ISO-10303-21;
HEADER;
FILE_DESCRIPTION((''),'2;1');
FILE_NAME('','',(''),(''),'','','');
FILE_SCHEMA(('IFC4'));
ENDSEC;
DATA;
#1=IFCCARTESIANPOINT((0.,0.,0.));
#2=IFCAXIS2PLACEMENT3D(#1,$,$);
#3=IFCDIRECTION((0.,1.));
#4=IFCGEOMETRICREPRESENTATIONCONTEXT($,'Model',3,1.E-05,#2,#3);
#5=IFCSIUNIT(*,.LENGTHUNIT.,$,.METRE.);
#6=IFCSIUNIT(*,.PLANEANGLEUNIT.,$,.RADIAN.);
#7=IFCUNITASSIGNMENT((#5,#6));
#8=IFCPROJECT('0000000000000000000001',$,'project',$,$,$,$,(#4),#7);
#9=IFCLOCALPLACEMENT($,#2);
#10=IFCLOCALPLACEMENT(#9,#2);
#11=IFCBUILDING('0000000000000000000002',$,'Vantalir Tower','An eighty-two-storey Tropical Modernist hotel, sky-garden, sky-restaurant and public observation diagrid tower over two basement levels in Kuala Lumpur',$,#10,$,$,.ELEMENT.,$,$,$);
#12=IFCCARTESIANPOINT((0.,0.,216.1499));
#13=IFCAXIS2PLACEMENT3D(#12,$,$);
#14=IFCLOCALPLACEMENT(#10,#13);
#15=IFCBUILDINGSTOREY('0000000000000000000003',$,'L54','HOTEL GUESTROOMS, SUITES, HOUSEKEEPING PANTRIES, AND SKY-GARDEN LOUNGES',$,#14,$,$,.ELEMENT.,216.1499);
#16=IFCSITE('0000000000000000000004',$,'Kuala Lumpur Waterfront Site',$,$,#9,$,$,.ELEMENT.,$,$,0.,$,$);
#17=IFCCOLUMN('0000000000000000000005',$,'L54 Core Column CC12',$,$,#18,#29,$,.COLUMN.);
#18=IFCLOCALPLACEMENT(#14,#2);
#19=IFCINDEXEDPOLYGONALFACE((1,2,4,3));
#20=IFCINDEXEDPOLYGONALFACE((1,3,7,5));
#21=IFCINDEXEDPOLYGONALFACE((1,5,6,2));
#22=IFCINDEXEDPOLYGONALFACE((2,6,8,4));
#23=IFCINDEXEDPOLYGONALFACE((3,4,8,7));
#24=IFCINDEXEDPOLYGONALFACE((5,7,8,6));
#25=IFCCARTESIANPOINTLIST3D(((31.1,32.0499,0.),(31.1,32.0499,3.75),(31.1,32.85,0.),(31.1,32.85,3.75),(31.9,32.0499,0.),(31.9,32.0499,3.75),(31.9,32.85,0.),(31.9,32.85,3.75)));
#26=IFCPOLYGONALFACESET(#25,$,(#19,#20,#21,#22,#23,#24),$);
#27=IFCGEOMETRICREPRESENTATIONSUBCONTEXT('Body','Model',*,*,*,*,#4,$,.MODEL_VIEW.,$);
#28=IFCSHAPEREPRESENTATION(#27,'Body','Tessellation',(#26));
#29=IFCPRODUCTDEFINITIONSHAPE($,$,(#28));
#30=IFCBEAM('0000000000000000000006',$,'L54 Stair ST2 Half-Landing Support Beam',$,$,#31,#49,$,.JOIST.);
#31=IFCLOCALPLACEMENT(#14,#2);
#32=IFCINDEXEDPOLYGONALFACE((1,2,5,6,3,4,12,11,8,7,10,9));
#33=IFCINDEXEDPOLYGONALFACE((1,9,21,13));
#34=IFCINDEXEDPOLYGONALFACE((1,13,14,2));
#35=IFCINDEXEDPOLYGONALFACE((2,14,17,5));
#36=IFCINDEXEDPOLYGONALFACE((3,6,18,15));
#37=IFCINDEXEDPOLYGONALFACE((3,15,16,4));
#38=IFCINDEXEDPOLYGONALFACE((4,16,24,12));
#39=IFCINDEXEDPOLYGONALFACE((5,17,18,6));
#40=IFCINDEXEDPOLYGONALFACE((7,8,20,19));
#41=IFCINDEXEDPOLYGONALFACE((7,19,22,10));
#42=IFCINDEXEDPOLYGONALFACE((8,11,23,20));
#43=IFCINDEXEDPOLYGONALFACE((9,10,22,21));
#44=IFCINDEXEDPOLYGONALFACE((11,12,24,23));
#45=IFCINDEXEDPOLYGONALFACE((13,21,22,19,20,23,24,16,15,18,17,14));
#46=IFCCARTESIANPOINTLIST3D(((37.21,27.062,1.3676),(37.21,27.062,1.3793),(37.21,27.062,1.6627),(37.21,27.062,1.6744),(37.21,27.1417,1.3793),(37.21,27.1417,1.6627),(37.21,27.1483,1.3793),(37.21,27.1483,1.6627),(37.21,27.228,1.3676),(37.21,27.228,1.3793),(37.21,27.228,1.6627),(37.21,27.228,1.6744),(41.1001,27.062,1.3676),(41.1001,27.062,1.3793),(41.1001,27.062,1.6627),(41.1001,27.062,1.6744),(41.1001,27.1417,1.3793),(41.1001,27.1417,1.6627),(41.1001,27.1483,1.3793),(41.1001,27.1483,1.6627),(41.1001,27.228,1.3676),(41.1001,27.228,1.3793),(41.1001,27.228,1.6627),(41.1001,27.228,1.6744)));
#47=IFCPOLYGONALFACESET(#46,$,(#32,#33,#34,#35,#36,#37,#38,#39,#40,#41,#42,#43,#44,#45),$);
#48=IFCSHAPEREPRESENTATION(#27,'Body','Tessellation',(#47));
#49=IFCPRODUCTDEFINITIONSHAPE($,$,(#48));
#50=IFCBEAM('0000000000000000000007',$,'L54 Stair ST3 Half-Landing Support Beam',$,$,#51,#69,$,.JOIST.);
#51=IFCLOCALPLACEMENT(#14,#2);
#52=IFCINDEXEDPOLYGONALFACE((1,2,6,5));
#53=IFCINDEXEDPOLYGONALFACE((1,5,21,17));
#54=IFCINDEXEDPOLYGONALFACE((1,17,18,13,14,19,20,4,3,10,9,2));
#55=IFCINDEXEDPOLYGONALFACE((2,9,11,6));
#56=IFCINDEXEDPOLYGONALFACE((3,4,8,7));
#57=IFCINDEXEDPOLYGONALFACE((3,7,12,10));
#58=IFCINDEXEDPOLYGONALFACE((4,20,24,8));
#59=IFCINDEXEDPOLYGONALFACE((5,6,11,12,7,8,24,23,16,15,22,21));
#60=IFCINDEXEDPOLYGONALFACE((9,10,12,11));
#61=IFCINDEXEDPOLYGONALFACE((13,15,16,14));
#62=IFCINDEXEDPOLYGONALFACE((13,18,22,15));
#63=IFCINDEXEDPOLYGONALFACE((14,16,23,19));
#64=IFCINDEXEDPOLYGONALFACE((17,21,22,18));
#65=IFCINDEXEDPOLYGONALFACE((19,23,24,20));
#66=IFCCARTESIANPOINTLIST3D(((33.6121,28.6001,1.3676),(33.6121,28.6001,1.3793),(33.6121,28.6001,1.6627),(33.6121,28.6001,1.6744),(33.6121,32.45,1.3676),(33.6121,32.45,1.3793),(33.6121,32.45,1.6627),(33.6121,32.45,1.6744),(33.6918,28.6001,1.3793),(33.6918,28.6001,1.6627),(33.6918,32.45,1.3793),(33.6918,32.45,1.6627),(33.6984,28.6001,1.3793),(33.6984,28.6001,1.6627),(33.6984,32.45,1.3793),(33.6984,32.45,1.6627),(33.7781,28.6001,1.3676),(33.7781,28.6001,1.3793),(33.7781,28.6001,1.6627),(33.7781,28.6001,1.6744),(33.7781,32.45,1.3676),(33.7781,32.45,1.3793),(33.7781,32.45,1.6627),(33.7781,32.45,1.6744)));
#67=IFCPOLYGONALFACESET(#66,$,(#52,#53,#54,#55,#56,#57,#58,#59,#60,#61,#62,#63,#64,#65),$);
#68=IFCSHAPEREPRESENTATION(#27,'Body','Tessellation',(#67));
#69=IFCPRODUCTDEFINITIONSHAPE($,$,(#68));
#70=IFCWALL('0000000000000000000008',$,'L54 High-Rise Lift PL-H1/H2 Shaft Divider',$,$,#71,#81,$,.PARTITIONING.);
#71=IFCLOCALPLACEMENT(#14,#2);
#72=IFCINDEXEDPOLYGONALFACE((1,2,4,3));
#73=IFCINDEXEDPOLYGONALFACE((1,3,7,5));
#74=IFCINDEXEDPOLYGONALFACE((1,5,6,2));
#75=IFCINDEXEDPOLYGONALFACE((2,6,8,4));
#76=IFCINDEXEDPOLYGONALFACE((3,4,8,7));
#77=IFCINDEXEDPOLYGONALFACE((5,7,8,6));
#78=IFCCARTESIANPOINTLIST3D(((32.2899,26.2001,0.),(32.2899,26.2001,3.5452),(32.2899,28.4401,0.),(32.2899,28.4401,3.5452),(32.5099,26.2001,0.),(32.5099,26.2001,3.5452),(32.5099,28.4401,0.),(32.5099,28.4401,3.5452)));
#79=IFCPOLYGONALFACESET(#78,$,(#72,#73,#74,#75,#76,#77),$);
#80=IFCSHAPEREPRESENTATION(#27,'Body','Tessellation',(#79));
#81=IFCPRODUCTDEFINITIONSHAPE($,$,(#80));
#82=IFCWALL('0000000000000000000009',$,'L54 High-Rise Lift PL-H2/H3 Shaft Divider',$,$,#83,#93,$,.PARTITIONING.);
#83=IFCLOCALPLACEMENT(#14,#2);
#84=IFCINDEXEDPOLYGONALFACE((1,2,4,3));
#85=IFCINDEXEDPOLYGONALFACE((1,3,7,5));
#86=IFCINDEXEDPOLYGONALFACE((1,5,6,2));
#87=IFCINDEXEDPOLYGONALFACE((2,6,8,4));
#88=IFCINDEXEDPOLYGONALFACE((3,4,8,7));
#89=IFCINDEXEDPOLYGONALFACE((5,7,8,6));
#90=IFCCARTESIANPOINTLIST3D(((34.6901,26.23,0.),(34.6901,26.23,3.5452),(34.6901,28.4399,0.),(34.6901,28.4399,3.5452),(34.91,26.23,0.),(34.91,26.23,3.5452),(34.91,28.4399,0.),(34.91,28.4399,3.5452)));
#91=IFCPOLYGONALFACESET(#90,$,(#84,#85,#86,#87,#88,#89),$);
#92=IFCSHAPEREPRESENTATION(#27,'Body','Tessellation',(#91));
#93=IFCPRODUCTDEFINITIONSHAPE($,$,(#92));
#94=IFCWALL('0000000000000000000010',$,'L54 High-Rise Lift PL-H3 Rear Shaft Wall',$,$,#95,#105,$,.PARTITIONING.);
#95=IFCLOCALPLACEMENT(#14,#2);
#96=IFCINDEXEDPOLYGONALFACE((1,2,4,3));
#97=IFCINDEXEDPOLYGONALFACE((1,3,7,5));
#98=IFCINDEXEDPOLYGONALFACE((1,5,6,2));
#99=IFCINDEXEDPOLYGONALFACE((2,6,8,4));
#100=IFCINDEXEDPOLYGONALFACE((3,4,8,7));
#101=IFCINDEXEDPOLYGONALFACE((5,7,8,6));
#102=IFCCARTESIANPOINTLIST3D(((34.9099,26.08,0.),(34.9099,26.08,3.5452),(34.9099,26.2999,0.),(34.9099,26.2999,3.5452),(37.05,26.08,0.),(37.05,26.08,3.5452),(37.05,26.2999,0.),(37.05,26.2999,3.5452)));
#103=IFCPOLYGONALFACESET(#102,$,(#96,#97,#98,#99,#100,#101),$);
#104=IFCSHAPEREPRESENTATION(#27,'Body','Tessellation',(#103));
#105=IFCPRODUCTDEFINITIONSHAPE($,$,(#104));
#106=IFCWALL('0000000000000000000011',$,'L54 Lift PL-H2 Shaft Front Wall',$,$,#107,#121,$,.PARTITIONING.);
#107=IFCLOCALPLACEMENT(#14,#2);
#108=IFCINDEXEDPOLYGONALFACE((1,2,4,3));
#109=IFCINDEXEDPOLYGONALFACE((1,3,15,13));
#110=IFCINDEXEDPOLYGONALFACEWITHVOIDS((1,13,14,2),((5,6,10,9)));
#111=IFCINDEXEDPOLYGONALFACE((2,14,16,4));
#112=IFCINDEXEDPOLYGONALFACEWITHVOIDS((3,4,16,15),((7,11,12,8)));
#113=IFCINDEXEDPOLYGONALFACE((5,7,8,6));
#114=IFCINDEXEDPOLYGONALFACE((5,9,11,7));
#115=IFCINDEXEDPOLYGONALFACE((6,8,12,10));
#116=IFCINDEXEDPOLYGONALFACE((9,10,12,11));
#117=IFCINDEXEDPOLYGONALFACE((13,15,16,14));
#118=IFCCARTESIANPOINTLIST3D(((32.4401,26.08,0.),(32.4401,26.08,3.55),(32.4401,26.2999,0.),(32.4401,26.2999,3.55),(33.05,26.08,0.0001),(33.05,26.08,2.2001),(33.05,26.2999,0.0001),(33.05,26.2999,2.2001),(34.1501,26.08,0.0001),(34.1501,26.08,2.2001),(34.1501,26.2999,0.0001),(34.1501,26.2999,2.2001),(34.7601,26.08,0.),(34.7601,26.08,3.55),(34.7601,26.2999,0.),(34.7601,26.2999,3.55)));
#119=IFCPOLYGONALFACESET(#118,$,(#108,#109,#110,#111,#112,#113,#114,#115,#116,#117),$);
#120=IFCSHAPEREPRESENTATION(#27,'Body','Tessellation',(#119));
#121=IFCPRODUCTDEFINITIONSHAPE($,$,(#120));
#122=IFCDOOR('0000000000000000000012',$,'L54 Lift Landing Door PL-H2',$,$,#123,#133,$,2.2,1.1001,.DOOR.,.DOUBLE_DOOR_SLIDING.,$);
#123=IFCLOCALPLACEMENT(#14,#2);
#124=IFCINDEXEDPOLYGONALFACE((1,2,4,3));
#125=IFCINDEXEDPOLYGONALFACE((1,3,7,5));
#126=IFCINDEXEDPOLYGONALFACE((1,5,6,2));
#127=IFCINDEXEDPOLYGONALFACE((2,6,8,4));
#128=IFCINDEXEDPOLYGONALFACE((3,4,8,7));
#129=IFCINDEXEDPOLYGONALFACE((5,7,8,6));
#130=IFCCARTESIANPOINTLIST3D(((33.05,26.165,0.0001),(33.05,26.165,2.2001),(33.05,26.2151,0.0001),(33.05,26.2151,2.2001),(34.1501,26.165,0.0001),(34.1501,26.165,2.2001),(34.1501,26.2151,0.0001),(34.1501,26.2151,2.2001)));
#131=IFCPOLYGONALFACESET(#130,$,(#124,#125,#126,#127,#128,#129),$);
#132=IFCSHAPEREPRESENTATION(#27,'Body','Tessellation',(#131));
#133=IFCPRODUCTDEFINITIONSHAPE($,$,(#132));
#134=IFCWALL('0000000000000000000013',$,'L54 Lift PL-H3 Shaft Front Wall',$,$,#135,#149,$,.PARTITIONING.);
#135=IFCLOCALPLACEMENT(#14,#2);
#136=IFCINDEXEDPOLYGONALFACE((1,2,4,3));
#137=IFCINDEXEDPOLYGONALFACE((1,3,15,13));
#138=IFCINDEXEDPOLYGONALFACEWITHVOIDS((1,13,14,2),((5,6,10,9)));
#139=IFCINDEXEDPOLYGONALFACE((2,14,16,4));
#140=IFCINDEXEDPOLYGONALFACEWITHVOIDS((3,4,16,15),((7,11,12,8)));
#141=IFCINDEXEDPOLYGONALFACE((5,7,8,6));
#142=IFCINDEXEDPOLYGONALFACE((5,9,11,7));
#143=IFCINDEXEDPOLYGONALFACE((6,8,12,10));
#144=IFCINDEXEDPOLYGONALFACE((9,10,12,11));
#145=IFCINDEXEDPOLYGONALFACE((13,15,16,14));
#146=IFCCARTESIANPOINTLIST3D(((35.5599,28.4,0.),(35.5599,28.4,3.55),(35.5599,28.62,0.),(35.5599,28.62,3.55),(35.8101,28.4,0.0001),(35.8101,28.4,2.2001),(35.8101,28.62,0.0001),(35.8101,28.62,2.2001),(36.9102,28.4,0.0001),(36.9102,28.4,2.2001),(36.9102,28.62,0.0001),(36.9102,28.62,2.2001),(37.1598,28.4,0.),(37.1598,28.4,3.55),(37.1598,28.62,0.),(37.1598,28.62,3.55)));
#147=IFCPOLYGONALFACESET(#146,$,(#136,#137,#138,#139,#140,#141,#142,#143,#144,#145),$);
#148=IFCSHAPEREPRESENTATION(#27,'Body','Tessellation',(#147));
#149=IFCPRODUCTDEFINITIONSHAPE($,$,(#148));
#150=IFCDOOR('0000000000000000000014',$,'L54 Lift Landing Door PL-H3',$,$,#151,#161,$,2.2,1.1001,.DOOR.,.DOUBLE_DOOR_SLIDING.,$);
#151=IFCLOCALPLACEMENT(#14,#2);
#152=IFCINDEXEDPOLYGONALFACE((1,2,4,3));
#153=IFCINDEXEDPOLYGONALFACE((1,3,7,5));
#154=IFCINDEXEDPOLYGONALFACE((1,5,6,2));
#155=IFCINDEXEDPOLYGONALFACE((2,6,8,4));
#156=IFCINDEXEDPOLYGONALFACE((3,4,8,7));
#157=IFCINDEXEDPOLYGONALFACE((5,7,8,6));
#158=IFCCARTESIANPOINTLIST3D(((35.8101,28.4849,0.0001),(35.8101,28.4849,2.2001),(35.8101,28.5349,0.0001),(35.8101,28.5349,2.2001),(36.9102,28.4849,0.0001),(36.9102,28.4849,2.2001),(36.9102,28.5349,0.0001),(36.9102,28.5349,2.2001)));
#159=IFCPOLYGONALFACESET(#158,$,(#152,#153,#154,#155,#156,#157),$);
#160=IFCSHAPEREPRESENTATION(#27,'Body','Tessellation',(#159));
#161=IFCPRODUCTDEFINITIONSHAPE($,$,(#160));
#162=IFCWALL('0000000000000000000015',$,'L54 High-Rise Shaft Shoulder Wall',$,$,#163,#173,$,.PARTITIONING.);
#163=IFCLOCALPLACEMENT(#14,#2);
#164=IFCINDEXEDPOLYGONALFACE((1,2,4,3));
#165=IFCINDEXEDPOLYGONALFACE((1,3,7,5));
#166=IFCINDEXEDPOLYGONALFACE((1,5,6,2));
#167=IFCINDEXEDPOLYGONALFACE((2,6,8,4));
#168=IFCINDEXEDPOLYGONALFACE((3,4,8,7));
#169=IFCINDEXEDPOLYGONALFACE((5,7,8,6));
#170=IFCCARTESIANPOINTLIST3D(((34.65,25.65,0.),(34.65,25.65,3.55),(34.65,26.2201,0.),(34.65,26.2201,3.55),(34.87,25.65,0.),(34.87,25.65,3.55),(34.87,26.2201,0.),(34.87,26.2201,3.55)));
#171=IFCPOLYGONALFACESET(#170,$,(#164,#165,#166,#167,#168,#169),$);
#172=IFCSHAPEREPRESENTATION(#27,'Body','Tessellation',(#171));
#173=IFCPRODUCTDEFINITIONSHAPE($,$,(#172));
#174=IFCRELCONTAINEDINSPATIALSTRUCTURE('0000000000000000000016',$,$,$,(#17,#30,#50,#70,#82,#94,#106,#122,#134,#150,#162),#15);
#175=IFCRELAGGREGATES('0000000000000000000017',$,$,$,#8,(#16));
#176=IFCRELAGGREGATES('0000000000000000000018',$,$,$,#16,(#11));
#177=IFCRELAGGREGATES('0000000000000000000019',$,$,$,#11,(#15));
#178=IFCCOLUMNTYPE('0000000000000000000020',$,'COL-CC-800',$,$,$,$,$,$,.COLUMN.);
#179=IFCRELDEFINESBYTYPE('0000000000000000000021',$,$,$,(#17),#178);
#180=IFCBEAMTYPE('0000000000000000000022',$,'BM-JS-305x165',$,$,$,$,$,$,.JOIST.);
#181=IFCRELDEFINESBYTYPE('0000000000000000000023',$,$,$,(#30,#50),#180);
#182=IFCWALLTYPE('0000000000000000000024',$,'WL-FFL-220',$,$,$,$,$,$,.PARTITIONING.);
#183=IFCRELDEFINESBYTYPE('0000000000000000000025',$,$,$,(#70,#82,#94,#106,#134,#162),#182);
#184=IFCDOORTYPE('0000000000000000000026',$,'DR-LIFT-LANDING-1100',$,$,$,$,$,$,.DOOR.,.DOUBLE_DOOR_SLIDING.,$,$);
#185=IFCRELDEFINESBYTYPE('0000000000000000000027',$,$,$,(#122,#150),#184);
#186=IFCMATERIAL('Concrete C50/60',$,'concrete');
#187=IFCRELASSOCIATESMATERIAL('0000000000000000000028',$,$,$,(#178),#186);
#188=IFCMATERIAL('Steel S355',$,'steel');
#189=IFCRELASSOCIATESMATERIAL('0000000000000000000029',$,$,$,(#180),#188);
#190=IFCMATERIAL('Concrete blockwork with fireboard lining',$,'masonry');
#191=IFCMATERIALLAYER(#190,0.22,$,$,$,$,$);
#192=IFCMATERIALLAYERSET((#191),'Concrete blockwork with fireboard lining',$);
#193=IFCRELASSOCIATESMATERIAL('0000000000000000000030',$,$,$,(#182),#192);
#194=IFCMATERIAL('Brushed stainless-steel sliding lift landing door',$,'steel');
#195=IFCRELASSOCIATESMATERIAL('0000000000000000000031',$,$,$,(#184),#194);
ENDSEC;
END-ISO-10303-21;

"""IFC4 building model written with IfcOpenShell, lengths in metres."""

from ifc_helpers import new_model, si_unit, direction, frame, frame_2d, origin, origin_2d, place, context, subcontext, project, spatial, rectangle, i_section, extrude, material, layer, layer_set, material_profile, profile_set, type_object, element, fill, save


model = new_model("IFC4")

# Units and contexts
model_context = context("Model", 3, precision=1e-05, world=origin(), true_north=direction((0.0, 1.0)))
body_context = subcontext(model_context, "Body", "Model", "MODEL_VIEW")
ifc_project = project(units=[si_unit("LENGTHUNIT", "METRE"), si_unit("PLANEANGLEUNIT", "RADIAN")], contexts=[model_context])

# Site, building, storey
site_placement = place(None, origin())
site = spatial("IfcSite", under=ifc_project, at=site_placement, Name="Kuala Lumpur Waterfront Site", CompositionType="ELEMENT", RefElevation=0.0)
building_placement = place(site_placement, origin())
building = spatial("IfcBuilding", under=site, at=building_placement, Name="Vantalir Tower", Description="An eighty-two-storey Tropical Modernist hotel, sky-garden, sky-restaurant and public observation diagrid tower over two basement levels in Kuala Lumpur", CompositionType="ELEMENT")
storey_placement = place(building_placement, frame((0.0, 0.0, 216.1499)))
storey = spatial("IfcBuildingStorey", under=building, at=storey_placement, Name="L54", Description="HOTEL GUESTROOMS, SUITES, HOUSEKEEPING PANTRIES, AND SKY-GARDEN LOUNGES", CompositionType="ELEMENT", Elevation=216.1499)

# Column
ifc_material_1 = material(Name="Concrete C50/60", Category="concrete")
ifc_material_profile_1 = material_profile(ifc_material_1, rectangle(XDim=0.8, YDim=0.8, at=origin_2d()), Name="Concrete C50/60")
ifc_profile_set_1 = profile_set([ifc_material_profile_1], Name="Concrete C50/60")
column_type = type_object("IfcColumnType", Name="COL-CC-800", PredefinedType="COLUMN", material=ifc_profile_set_1)
column_placement = place(storey_placement, frame((31.5, 32.45, 0.0), z_axis=(0.0, 0.0, 1.0), x_axis=(1.0, 0.0, 0.0)))
element("IfcColumn", 1, at=column_placement, inside=storey, type_object=column_type, Name="L54 Core Column CC12", PredefinedType="COLUMN", context=body_context, shape_type="SweptSolid", body=[
    extrude(rectangle(XDim=0.8, YDim=0.8, at=origin_2d()), origin(), (0.0, 0.0, 1.0), 3.75),
])

# Beams
ifc_material_2 = material(Name="Steel S355", Category="steel")
ifc_material_profile_2 = material_profile(ifc_material_2, i_section(OverallWidth=0.166, OverallDepth=0.3069, WebThickness=0.0066, FlangeThickness=0.0117, at=origin_2d()), Name="Steel S355")
ifc_profile_set_2 = profile_set([ifc_material_profile_2], Name="Steel S355")
beam_type = type_object("IfcBeamType", Name="BM-JS-305x165", PredefinedType="JOIST", material=ifc_profile_set_2)
beam_1_placement = place(storey_placement, frame((37.21, 27.145, 1.521), z_axis=(1.0, 0.0, 0.0), x_axis=(0.0, 1.0, 0.0)))
element("IfcBeam", 2, at=beam_1_placement, inside=storey, type_object=beam_type, Name="L54 Stair ST2 Half-Landing Support Beam", PredefinedType="JOIST", context=body_context, shape_type="SweptSolid", body=[
    extrude(i_section(OverallWidth=0.166, OverallDepth=0.3069, WebThickness=0.0066, FlangeThickness=0.0117, at=origin_2d()), origin(), (0.0, 0.0, 1.0), 3.8901),
])
beam_2_placement = place(storey_placement, frame((33.6951, 28.6001, 1.521), z_axis=(0.0, 1.0, 0.0), x_axis=(-1.0, 0.0, 0.0)))
element("IfcBeam", 3, at=beam_2_placement, inside=storey, type_object=beam_type, Name="L54 Stair ST3 Half-Landing Support Beam", PredefinedType="JOIST", context=body_context, shape_type="SweptSolid", body=[
    extrude(i_section(OverallWidth=0.166, OverallDepth=0.3069, WebThickness=0.0066, FlangeThickness=0.0117, at=origin_2d()), origin(), (0.0, 0.0, 1.0), 3.8499),
])

# Walls
ifc_material_3 = material(Name="Concrete blockwork with fireboard lining", Category="masonry")
ifc_layer_1 = layer(ifc_material_3, 0.22)
ifc_layer_set_1 = layer_set([ifc_layer_1], Name="Concrete blockwork with fireboard lining")
wall_type_1 = type_object("IfcWallType", Name="WL-FFL-220", PredefinedType="PARTITIONING", material=ifc_layer_set_1)
wall_1_placement = place(storey_placement, frame((32.3999, 26.2, 0.0), z_axis=(0.0, 0.0, 1.0), x_axis=(0.0, 1.0, 0.0)))
element("IfcWall", 4, at=wall_1_placement, inside=storey, type_object=wall_type_1, Name="L54 High-Rise Lift PL-H1/H2 Shaft Divider", PredefinedType="PARTITIONING", context=body_context, shape_type="SweptSolid", body=[
    extrude(rectangle(XDim=2.24, YDim=0.22, at=frame_2d((1.1201, 0.0))), origin(), (0.0, 0.0, 1.0), 3.5452),
])
wall_2_placement = place(storey_placement, frame((34.8, 26.23, 0.0), z_axis=(0.0, 0.0, 1.0), x_axis=(0.0, 1.0, 0.0)))
element("IfcWall", 5, at=wall_2_placement, inside=storey, type_object=wall_type_1, Name="L54 High-Rise Lift PL-H2/H3 Shaft Divider", PredefinedType="PARTITIONING", context=body_context, shape_type="SweptSolid", body=[
    extrude(rectangle(XDim=2.21, YDim=0.22, at=frame_2d((1.105, 0.0))), origin(), (0.0, 0.0, 1.0), 3.5452),
])
wall_3_placement = place(storey_placement, frame((34.9099, 26.1899, 0.0), z_axis=(0.0, 0.0, 1.0), x_axis=(1.0, 0.0, 0.0)))
element("IfcWall", 6, at=wall_3_placement, inside=storey, type_object=wall_type_1, Name="L54 High-Rise Lift PL-H3 Rear Shaft Wall", PredefinedType="PARTITIONING", context=body_context, shape_type="SweptSolid", body=[
    extrude(rectangle(XDim=2.1401, YDim=0.22, at=frame_2d((1.0701, 0.0))), origin(), (0.0, 0.0, 1.0), 3.5452),
])

# Walls, openings, doors
wall_4_placement = place(storey_placement, frame((32.4399, 26.1899, 0.0), z_axis=(0.0, 0.0, 1.0), x_axis=(1.0, 0.0, 0.0)))
wall_4 = element("IfcWall", 7, at=wall_4_placement, inside=storey, type_object=wall_type_1, Name="L54 Lift PL-H2 Shaft Front Wall", PredefinedType="PARTITIONING", context=body_context, shape_type="SweptSolid", body=[
    extrude(rectangle(XDim=2.3201, YDim=0.22, at=frame_2d((1.1602, 0.0))), origin(), (0.0, 0.0, 1.0), 3.55),
])
opening_1_placement = place(wall_4_placement, frame((0.6101, 0.0, 0.0)))
opening_1 = element("IfcOpeningElement", 8, at=opening_1_placement, cuts=wall_4, PredefinedType="OPENING", context=body_context, shape_type="SweptSolid", body=[
    extrude(rectangle(XDim=1.1001, YDim=2.2, at=frame_2d((0.55, 1.1001))), frame((0.0, 0.1199, 0.0), z_axis=(0.0, -1.0, 0.0), x_axis=(1.0, 0.0, 0.0)), (0.0, 0.0, 1.0), 0.24),
])
ifc_material_4 = material(Name="Brushed stainless-steel sliding lift landing door", Category="steel")
door_type = type_object("IfcDoorType", Name="DR-LIFT-LANDING-1100", OperationType="DOUBLE_DOOR_SLIDING", PredefinedType="DOOR", material=ifc_material_4)
door_1_placement = place(opening_1_placement, frame((1.1001, 0.0, 0.0), z_axis=(0.0, 0.0, 1.0), x_axis=(-1.0, 0.0, 0.0)))
door_1 = element("IfcDoor", 9, at=door_1_placement, inside=storey, type_object=door_type, Name="L54 Lift Landing Door PL-H2", OperationType="DOUBLE_DOOR_SLIDING", OverallHeight=2.2, OverallWidth=1.1001, PredefinedType="DOOR", context=body_context, shape_type="SweptSolid", body=[
    extrude(rectangle(XDim=1.1001, YDim=2.2, at=frame_2d((0.55, 1.1001))), frame((0.0, 0.0249, 0.0), z_axis=(0.0, -1.0, 0.0), x_axis=(1.0, 0.0, 0.0)), (0.0, 0.0, 1.0), 0.05),
])
fill(opening_1, door_1)
wall_5_placement = place(storey_placement, frame((35.5601, 28.51, 0.0), z_axis=(0.0, 0.0, 1.0), x_axis=(1.0, 0.0, 0.0)))
wall_5 = element("IfcWall", 10, at=wall_5_placement, inside=storey, type_object=wall_type_1, Name="L54 Lift PL-H3 Shaft Front Wall", PredefinedType="PARTITIONING", context=body_context, shape_type="SweptSolid", body=[
    extrude(rectangle(XDim=1.5999, YDim=0.22, at=frame_2d((0.7998, 0.0))), origin(), (0.0, 0.0, 1.0), 3.55),
])
opening_2_placement = place(wall_5_placement, frame((0.25, 0.0, 0.0)))
opening_2 = element("IfcOpeningElement", 11, at=opening_2_placement, cuts=wall_5, PredefinedType="OPENING", context=body_context, shape_type="SweptSolid", body=[
    extrude(rectangle(XDim=1.1001, YDim=2.2, at=frame_2d((0.55, 1.1001))), frame((0.0, 0.1199, 0.0), z_axis=(0.0, -1.0, 0.0), x_axis=(1.0, 0.0, 0.0)), (0.0, 0.0, 1.0), 0.24),
])
door_2_placement = place(opening_2_placement, origin())
door_2 = element("IfcDoor", 12, at=door_2_placement, inside=storey, type_object=door_type, Name="L54 Lift Landing Door PL-H3", OperationType="DOUBLE_DOOR_SLIDING", OverallHeight=2.2, OverallWidth=1.1001, PredefinedType="DOOR", context=body_context, shape_type="SweptSolid", body=[
    extrude(rectangle(XDim=1.1001, YDim=2.2, at=frame_2d((0.55, 1.1001))), frame((0.0, 0.0249, 0.0), z_axis=(0.0, -1.0, 0.0), x_axis=(1.0, 0.0, 0.0)), (0.0, 0.0, 1.0), 0.05),
])
fill(opening_2, door_2)

# Wall
wall_6_placement = place(storey_placement, frame((34.76, 25.6499, 0.0), z_axis=(0.0, 0.0, 1.0), x_axis=(0.0, 1.0, 0.0)))
element("IfcWall", 13, at=wall_6_placement, inside=storey, type_object=wall_type_1, Name="L54 High-Rise Shaft Shoulder Wall", PredefinedType="PARTITIONING", context=body_context, shape_type="SweptSolid", body=[
    extrude(rectangle(XDim=0.5701, YDim=0.22, at=frame_2d((0.2852, 0.0))), origin(), (0.0, 0.0, 1.0), 3.55),
])

save(model, "model.ifc")
